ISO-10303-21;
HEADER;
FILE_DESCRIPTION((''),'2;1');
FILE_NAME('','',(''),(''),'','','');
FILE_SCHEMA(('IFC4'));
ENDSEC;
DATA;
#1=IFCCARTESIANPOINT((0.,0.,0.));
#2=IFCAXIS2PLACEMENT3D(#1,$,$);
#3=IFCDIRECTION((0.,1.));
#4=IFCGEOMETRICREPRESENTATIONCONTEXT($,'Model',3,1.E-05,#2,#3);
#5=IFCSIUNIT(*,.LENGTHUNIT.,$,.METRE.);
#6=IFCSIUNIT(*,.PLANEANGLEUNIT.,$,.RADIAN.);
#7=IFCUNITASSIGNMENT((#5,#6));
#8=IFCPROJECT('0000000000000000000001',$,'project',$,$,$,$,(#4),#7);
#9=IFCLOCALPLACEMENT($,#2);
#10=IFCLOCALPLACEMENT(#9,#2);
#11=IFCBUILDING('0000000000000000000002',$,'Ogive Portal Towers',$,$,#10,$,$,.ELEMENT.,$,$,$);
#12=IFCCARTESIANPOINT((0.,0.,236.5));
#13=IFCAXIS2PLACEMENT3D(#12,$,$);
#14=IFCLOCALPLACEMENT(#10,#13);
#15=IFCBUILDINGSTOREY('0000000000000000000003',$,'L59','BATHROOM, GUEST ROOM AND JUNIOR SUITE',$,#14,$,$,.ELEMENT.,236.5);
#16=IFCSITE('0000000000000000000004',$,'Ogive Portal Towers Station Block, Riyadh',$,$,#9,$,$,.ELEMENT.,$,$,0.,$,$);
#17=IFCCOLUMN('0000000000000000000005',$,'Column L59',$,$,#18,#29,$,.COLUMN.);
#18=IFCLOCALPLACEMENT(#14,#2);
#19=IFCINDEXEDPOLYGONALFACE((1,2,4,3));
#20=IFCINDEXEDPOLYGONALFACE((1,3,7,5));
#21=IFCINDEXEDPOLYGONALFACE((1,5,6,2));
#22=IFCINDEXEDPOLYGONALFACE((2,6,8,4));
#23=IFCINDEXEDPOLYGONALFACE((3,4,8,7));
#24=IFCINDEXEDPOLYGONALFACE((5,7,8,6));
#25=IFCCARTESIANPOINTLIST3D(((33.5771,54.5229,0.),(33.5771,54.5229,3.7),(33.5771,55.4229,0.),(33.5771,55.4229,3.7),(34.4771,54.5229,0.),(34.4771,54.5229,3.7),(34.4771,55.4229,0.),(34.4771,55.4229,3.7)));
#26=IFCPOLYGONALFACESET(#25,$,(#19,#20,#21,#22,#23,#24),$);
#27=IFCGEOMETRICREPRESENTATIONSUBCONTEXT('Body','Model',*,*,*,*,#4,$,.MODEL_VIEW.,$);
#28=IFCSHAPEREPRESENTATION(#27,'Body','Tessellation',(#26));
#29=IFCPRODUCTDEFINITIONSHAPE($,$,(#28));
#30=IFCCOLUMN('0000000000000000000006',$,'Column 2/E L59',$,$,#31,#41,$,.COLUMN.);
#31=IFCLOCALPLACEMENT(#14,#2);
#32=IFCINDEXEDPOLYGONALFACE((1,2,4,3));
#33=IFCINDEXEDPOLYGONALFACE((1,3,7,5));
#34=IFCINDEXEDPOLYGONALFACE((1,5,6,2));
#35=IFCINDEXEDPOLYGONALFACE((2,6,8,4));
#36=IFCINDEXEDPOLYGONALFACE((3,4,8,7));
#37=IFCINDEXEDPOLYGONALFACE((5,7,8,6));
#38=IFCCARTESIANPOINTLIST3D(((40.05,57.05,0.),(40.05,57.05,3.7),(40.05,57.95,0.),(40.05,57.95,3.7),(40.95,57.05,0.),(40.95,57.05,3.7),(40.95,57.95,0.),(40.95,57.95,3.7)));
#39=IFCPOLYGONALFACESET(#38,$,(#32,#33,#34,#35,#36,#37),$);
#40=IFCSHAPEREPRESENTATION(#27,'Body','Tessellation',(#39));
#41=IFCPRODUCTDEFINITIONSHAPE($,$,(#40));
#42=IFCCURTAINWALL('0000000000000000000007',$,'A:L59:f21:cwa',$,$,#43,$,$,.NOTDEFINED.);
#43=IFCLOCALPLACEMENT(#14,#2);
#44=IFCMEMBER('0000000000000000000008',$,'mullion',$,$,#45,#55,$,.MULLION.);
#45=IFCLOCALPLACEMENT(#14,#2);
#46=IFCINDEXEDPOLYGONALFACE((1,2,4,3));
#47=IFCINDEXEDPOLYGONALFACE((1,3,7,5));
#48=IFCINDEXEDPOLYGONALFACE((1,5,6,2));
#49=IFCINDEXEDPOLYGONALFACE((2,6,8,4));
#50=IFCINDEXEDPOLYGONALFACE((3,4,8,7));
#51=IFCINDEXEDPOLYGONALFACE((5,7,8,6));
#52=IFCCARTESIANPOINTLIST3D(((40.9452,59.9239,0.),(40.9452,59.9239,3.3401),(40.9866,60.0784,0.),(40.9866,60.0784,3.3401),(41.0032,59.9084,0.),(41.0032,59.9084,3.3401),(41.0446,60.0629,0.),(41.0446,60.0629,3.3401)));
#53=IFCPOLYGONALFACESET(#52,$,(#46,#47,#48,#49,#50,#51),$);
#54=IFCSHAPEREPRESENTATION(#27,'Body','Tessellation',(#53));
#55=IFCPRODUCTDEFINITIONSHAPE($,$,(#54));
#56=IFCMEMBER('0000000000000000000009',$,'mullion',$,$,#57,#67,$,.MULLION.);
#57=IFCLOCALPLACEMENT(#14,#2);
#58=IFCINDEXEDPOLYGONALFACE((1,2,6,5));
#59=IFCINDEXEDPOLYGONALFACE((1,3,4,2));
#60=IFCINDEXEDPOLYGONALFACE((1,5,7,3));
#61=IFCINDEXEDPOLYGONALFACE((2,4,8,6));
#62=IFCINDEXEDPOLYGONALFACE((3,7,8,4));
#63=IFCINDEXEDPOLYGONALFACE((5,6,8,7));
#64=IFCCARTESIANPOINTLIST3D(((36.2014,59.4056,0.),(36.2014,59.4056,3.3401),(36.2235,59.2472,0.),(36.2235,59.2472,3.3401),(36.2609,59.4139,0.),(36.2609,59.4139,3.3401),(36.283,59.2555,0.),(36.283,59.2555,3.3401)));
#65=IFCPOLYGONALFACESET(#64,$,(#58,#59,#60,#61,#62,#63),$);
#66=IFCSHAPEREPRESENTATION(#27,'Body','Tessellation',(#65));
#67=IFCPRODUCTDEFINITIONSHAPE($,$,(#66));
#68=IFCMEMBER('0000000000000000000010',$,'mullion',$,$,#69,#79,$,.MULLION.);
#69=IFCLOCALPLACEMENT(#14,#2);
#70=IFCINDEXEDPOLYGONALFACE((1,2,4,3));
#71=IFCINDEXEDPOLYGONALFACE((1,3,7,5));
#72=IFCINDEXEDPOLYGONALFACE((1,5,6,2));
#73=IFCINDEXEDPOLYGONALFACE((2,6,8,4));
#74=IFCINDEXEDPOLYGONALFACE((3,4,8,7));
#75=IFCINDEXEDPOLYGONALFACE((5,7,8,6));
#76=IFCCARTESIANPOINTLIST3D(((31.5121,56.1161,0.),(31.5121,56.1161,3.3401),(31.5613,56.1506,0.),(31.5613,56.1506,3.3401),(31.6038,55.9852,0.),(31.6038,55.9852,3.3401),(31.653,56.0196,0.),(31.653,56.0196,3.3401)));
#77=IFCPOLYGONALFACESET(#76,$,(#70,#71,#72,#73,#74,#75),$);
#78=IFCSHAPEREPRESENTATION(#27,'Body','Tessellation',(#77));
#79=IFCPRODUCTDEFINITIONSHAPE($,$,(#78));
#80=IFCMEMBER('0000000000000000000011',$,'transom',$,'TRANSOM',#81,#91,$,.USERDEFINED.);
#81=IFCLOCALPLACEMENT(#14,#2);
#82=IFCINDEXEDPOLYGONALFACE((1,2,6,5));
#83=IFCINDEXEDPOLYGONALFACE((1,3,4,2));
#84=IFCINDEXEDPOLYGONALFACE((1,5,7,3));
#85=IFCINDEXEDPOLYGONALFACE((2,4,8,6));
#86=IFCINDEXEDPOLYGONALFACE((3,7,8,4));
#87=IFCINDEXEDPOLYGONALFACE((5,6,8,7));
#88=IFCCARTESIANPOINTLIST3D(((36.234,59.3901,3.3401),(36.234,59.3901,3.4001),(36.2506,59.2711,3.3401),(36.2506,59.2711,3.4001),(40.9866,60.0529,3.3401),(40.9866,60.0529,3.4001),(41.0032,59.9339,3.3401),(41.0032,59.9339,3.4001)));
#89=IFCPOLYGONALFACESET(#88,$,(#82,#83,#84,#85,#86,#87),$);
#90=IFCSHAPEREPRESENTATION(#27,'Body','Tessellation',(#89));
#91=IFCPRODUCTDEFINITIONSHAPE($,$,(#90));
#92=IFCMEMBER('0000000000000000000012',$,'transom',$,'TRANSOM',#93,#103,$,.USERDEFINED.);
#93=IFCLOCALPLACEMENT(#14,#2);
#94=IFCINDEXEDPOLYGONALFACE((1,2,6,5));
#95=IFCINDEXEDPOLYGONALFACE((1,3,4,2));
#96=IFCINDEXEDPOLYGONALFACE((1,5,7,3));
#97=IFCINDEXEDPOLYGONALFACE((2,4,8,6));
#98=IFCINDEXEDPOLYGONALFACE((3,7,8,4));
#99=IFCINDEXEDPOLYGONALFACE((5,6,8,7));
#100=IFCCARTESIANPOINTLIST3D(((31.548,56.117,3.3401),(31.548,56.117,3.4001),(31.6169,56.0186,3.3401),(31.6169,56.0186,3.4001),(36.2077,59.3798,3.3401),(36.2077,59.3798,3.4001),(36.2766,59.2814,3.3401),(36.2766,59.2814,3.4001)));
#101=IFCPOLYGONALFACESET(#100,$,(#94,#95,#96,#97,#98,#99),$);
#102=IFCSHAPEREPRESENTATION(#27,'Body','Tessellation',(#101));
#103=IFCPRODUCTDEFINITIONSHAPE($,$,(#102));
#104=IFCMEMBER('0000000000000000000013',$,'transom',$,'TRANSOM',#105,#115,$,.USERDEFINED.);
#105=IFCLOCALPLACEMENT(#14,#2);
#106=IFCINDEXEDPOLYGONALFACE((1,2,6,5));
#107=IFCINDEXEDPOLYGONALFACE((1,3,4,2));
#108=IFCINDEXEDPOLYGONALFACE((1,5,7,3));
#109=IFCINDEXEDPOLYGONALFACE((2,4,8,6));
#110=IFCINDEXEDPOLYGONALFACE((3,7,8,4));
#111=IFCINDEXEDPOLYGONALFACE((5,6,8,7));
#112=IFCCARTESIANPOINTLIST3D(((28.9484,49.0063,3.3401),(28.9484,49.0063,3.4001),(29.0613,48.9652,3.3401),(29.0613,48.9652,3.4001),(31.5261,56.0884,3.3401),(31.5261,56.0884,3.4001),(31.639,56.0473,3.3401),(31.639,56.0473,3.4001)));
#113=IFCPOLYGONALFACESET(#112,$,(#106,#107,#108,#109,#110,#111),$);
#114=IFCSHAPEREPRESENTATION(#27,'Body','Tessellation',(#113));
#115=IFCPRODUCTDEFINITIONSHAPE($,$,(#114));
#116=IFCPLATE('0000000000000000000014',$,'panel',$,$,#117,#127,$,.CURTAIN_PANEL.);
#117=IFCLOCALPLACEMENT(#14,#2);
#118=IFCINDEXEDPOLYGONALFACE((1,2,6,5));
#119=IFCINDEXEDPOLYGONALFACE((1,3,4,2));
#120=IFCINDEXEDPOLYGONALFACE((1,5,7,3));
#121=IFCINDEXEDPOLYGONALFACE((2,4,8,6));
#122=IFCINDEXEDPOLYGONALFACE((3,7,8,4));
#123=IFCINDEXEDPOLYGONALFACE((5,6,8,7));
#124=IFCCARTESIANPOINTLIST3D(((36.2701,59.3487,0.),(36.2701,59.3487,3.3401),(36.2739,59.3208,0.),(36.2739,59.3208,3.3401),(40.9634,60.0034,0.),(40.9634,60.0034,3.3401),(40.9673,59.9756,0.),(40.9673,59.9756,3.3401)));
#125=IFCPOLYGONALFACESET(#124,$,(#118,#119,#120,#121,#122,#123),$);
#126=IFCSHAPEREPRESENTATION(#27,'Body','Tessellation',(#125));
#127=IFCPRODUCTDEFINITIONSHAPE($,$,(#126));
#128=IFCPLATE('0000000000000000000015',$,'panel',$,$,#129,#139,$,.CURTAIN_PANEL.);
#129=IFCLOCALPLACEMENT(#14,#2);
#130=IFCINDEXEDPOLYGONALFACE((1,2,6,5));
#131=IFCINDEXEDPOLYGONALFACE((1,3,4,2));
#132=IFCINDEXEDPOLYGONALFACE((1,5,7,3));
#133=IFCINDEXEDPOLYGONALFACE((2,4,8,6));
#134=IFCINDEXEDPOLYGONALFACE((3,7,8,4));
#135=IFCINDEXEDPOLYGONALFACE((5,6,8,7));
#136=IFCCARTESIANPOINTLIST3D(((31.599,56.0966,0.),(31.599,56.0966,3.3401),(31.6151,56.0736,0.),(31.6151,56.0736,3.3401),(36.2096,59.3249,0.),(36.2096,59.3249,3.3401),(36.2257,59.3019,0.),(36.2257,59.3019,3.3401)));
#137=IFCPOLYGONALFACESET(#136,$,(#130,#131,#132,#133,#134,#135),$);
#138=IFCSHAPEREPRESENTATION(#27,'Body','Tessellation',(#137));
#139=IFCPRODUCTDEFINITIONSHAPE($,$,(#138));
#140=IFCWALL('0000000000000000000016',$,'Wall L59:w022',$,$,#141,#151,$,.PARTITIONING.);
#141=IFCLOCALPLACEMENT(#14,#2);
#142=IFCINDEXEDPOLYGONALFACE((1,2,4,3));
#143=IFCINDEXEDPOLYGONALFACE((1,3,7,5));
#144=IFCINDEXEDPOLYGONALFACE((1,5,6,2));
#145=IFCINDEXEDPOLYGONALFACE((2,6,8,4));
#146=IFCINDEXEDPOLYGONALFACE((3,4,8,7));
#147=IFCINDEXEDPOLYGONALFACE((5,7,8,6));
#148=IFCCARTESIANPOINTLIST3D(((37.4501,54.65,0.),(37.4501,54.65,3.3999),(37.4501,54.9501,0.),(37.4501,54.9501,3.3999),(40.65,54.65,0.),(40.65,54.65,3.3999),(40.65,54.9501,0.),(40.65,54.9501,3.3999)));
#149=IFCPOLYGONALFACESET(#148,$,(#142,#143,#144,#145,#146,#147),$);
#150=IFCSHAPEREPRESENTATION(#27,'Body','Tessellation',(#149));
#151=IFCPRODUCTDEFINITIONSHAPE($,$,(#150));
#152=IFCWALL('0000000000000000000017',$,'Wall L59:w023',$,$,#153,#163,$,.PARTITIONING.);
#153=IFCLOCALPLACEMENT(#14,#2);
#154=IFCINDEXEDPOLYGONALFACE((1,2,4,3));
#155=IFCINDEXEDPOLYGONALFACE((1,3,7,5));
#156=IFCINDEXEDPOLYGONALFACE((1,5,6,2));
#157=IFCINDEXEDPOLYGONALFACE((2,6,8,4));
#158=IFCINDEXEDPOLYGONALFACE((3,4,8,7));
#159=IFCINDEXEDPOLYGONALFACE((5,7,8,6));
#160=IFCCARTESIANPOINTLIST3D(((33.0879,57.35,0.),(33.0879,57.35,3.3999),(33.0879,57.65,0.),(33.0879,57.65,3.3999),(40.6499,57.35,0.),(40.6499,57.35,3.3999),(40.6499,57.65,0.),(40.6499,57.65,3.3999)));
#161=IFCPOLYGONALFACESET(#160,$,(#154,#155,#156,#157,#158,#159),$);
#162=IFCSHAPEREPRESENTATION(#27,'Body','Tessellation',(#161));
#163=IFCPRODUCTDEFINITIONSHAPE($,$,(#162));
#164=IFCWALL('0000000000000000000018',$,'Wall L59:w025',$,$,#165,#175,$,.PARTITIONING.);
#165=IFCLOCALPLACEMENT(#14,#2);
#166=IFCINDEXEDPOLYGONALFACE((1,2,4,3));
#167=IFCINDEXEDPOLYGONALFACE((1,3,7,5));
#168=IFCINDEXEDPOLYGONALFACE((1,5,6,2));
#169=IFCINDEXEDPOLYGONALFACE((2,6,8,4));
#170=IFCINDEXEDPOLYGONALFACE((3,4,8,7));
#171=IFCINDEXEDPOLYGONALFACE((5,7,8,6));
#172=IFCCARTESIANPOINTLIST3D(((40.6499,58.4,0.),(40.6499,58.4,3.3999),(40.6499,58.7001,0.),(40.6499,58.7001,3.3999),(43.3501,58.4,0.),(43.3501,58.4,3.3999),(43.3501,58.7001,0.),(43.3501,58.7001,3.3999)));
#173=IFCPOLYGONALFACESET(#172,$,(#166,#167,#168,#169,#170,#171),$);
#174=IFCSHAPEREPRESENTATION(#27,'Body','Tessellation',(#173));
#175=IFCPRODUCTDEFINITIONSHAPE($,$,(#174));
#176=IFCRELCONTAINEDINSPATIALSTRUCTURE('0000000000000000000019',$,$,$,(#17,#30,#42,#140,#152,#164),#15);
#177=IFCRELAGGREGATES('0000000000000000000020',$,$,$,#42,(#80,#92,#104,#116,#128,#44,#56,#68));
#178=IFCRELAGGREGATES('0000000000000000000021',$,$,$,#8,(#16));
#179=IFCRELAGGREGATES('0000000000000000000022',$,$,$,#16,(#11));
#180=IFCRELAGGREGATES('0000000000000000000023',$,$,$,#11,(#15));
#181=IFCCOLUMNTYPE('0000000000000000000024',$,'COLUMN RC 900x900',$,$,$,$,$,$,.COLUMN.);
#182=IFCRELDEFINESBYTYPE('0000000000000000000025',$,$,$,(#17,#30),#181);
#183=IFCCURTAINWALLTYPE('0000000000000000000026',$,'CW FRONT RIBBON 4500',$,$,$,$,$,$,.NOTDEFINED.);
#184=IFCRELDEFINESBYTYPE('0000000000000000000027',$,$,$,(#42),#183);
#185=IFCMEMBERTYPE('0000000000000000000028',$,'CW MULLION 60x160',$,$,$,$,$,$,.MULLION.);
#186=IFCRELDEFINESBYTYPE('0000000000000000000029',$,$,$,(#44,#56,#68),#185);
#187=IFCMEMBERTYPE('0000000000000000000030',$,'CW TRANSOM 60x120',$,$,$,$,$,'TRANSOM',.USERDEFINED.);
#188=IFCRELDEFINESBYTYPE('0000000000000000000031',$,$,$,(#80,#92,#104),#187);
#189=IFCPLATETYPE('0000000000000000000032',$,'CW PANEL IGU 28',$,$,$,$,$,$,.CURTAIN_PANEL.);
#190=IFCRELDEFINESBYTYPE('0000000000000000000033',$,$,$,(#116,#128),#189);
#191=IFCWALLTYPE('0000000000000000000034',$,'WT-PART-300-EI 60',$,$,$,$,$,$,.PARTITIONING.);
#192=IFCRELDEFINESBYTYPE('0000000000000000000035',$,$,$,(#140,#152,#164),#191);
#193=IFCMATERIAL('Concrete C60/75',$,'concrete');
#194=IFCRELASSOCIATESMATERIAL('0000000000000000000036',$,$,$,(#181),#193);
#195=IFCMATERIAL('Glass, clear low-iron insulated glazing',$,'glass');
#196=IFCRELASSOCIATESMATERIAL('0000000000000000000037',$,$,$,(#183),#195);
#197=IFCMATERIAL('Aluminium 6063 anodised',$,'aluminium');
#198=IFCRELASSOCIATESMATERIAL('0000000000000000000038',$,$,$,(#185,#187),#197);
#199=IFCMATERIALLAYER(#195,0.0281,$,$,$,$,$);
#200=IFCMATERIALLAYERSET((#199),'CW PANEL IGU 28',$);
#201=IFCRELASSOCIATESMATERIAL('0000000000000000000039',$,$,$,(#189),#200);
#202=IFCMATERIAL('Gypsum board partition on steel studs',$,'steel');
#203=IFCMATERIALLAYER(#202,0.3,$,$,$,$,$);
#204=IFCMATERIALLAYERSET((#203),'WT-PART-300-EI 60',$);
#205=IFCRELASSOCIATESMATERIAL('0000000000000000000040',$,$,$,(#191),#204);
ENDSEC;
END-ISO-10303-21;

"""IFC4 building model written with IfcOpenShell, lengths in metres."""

from ifc_helpers import new_model, si_unit, direction, frame, frame_2d, origin, origin_2d, place, context, subcontext, project, spatial, rectangle, extrude, material, layer, layer_set, material_profile, profile_set, type_object, element, aggregate, save


model = new_model("IFC4")

# Units and contexts
model_context = context("Model", 3, precision=1e-05, world=origin(), true_north=direction((0.0, 1.0)))
body_context = subcontext(model_context, "Body", "Model", "MODEL_VIEW")
ifc_project = project(units=[si_unit("LENGTHUNIT", "METRE"), si_unit("PLANEANGLEUNIT", "RADIAN")], contexts=[model_context])

# Site, building, storey
site_placement = place(None, origin())
site = spatial("IfcSite", under=ifc_project, at=site_placement, Name="Ogive Portal Towers Station Block, Riyadh", CompositionType="ELEMENT", RefElevation=0.0)
building_placement = place(site_placement, origin())
building = spatial("IfcBuilding", under=site, at=building_placement, Name="Ogive Portal Towers", CompositionType="ELEMENT")
storey_placement = place(building_placement, frame((0.0, 0.0, 236.5)))
storey = spatial("IfcBuildingStorey", under=building, at=storey_placement, Name="L59", Description="BATHROOM, GUEST ROOM AND JUNIOR SUITE", CompositionType="ELEMENT", Elevation=236.5)

# Columns
ifc_material_1 = material(Name="Concrete C60/75", Category="concrete")
ifc_material_profile_1 = material_profile(ifc_material_1, rectangle(XDim=0.8999, YDim=0.8999, at=origin_2d()), Name="RC 900x900")
ifc_profile_set_1 = profile_set([ifc_material_profile_1], Name="Concrete C60/75")
column_type = type_object("IfcColumnType", Name="COLUMN RC 900x900", PredefinedType="COLUMN", material=ifc_profile_set_1)
for number, where, z_axis, x_axis, name in (
    (1, (34.0271, 54.9729, 0.0), (0.0, 0.0, 1.0), (1.0, 0.0, 0.0), "Column L59"),
    (2, (40.5, 57.5, 0.0), (0.0, 0.0, 1.0), (1.0, 0.0, 0.0), "Column 2/E L59"),
):
    element("IfcColumn", number, at=place(storey_placement, frame(where, z_axis=z_axis, x_axis=x_axis)), inside=storey, type_object=column_type, Name=name, PredefinedType="COLUMN", context=body_context, shape_type="SweptSolid", body=[
        extrude(rectangle(XDim=0.8999, YDim=0.8999, at=origin_2d()), origin(), (0.0, 0.0, 1.0), 3.7),
    ])

# Curtain wall, members, plates
ifc_material_2 = material(Name="Glass, clear low-iron insulated glazing", Category="glass")
curtain_wall_type = type_object("IfcCurtainWallType", Name="CW FRONT RIBBON 4500", PredefinedType="NOTDEFINED", material=ifc_material_2)
curtain_wall_placement = place(storey_placement, origin())
curtain_wall = element("IfcCurtainWall", 3, at=curtain_wall_placement, inside=storey, type_object=curtain_wall_type, Name="A:L59:f21:cwa", PredefinedType="NOTDEFINED")
ifc_material_3 = material(Name="Aluminium 6063 anodised", Category="aluminium")
ifc_material_profile_2 = material_profile(ifc_material_3, rectangle(XDim=0.1599, YDim=0.0601, at=origin_2d()), Name="AL 60x160")
ifc_profile_set_2 = profile_set([ifc_material_profile_2], Name="Aluminium 6063 anodised")
member_type_1 = type_object("IfcMemberType", Name="CW MULLION 60x160", PredefinedType="MULLION", material=ifc_profile_set_2)
member_1_placement = place(storey_placement, frame((40.9949, 59.9934, 0.0), z_axis=(0.0, 0.0, 1.0), x_axis=(-0.258819, -0.965926, 0.0)))
member_1 = element("IfcMember", 4, at=member_1_placement, type_object=member_type_1, Name="mullion", PredefinedType="MULLION", context=body_context, shape_type="SweptSolid", body=[
    extrude(rectangle(XDim=0.1599, YDim=0.0601, at=origin_2d()), origin(), (0.0, 0.0, 1.0), 3.3401),
])
member_2_placement = place(storey_placement, frame((36.2422, 59.3306, 0.0), z_axis=(0.0, 0.0, 1.0), x_axis=(0.138161, -0.99041, 0.0)))
member_2 = element("IfcMember", 5, at=member_2_placement, type_object=member_type_1, Name="mullion", PredefinedType="MULLION", context=body_context, shape_type="SweptSolid", body=[
    extrude(rectangle(XDim=0.1599, YDim=0.0601, at=origin_2d()), origin(), (0.0, 0.0, 1.0), 3.3401),
])
member_3_placement = place(storey_placement, frame((31.5825, 56.0679, 0.0), z_axis=(0.0, 0.0, 1.0), x_axis=(0.573576, -0.819152, 0.0)))
member_3 = element("IfcMember", 6, at=member_3_placement, type_object=member_type_1, Name="mullion", PredefinedType="MULLION", context=body_context, shape_type="SweptSolid", body=[
    extrude(rectangle(XDim=0.1599, YDim=0.0601, at=origin_2d()), origin(), (0.0, 0.0, 1.0), 3.3401),
])
ifc_material_profile_3 = material_profile(ifc_material_3, rectangle(XDim=0.1201, YDim=0.0601, at=origin_2d()), Name="AL 120x60")
ifc_profile_set_3 = profile_set([ifc_material_profile_3], Name="Aluminium 6063 anodised")
member_type_2 = type_object("IfcMemberType", Name="CW TRANSOM 60x120", ElementType="TRANSOM", PredefinedType="USERDEFINED", material=ifc_profile_set_3)
member_4_placement = place(storey_placement, frame((40.9949, 59.9934, 3.3701), z_axis=(-0.990414, -0.13813, 0.0), x_axis=(0.13813, -0.990414, 0.0)))
member_4 = element("IfcMember", 7, at=member_4_placement, type_object=member_type_2, Name="transom", ObjectType="TRANSOM", PredefinedType="USERDEFINED", context=body_context, shape_type="SweptSolid", body=[
    extrude(rectangle(XDim=0.1201, YDim=0.0601, at=origin_2d()), origin(), (0.0, 0.0, 1.0), 4.7986),
])
member_5_placement = place(storey_placement, frame((36.2422, 59.3306, 3.3701), z_axis=(-0.819155, -0.573572, 0.0), x_axis=(0.573572, -0.819155, 0.0)))
member_5 = element("IfcMember", 8, at=member_5_placement, type_object=member_type_2, Name="transom", ObjectType="TRANSOM", PredefinedType="USERDEFINED", context=body_context, shape_type="SweptSolid", body=[
    extrude(rectangle(XDim=0.1201, YDim=0.0601, at=origin_2d()), origin(), (0.0, 0.0, 1.0), 5.6885),
])
member_6_placement = place(storey_placement, frame((31.5825, 56.0679, 3.3701), z_axis=(-0.342019, -0.939693, 0.0), x_axis=(0.939693, -0.342019, 0.0)))
member_6 = element("IfcMember", 9, at=member_6_placement, type_object=member_type_2, Name="transom", ObjectType="TRANSOM", PredefinedType="USERDEFINED", context=body_context, shape_type="SweptSolid", body=[
    extrude(rectangle(XDim=0.1201, YDim=0.0601, at=origin_2d()), origin(), (0.0, 0.0, 1.0), 7.5366),
])
ifc_layer_1 = layer(ifc_material_2, 0.0281)
ifc_layer_set_1 = layer_set([ifc_layer_1], Name="CW PANEL IGU 28")
plate_type = type_object("IfcPlateType", Name="CW PANEL IGU 28", PredefinedType="CURTAIN_PANEL", material=ifc_layer_set_1)
plate_1_placement = place(storey_placement, frame((38.6187, 59.6621, 0.0), z_axis=(0.0, 0.0, 1.0), x_axis=(-0.99041, -0.138161, 0.0)))
plate_1 = element("IfcPlate", 10, at=plate_1_placement, type_object=plate_type, Name="panel", PredefinedType="CURTAIN_PANEL", context=body_context, shape_type="SweptSolid", body=[
    extrude(rectangle(XDim=4.7388, YDim=0.0281, at=origin_2d()), origin(), (0.0, 0.0, 1.0), 3.3401),
])
plate_2_placement = place(storey_placement, frame((33.9124, 57.6992, 0.0), z_axis=(0.0, 0.0, 1.0), x_axis=(-0.819152, -0.573576, 0.0)))
plate_2 = element("IfcPlate", 11, at=plate_2_placement, type_object=plate_type, Name="panel", PredefinedType="CURTAIN_PANEL", context=body_context, shape_type="SweptSolid", body=[
    extrude(rectangle(XDim=5.6284, YDim=0.0281, at=origin_2d()), origin(), (0.0, 0.0, 1.0), 3.3401),
])
aggregate(curtain_wall, [member_4, member_5, member_6, plate_1, plate_2, member_1, member_2, member_3])

# Walls
ifc_material_4 = material(Name="Gypsum board partition on steel studs", Category="steel")
ifc_layer_2 = layer(ifc_material_4, 0.3)
ifc_layer_set_2 = layer_set([ifc_layer_2], Name="WT-PART-300-EI 60")
wall_type = type_object("IfcWallType", Name="WT-PART-300-EI 60", PredefinedType="PARTITIONING", material=ifc_layer_set_2)
wall_1_placement = place(storey_placement, frame((37.45, 54.8, 0.0), z_axis=(0.0, 0.0, 1.0), x_axis=(1.0, 0.0, 0.0)))
element("IfcWall", 12, at=wall_1_placement, inside=storey, type_object=wall_type, Name="Wall L59:w022", PredefinedType="PARTITIONING", context=body_context, shape_type="SweptSolid", body=[
    extrude(rectangle(XDim=3.2, YDim=0.3, at=frame_2d((1.6001, 0.0))), origin(), (0.0, 0.0, 1.0), 3.3999),
])
wall_2_placement = place(storey_placement, frame((33.0879, 57.5, 0.0), z_axis=(0.0, 0.0, 1.0), x_axis=(1.0, 0.0, 0.0)))
element("IfcWall", 13, at=wall_2_placement, inside=storey, type_object=wall_type, Name="Wall L59:w023", PredefinedType="PARTITIONING", context=body_context, shape_type="SweptSolid", body=[
    extrude(rectangle(XDim=7.562, YDim=0.3, at=frame_2d((3.781, 0.0))), origin(), (0.0, 0.0, 1.0), 3.3999),
])
wall_3_placement = place(storey_placement, frame((40.6499, 58.55, 0.0), z_axis=(0.0, 0.0, 1.0), x_axis=(1.0, 0.0, 0.0)))
element("IfcWall", 14, at=wall_3_placement, inside=storey, type_object=wall_type, Name="Wall L59:w025", PredefinedType="PARTITIONING", context=body_context, shape_type="SweptSolid", body=[
    extrude(rectangle(XDim=2.7002, YDim=0.3, at=frame_2d((1.3501, 0.0))), origin(), (0.0, 0.0, 1.0), 3.3999),
])

save(model, "model.ifc")
